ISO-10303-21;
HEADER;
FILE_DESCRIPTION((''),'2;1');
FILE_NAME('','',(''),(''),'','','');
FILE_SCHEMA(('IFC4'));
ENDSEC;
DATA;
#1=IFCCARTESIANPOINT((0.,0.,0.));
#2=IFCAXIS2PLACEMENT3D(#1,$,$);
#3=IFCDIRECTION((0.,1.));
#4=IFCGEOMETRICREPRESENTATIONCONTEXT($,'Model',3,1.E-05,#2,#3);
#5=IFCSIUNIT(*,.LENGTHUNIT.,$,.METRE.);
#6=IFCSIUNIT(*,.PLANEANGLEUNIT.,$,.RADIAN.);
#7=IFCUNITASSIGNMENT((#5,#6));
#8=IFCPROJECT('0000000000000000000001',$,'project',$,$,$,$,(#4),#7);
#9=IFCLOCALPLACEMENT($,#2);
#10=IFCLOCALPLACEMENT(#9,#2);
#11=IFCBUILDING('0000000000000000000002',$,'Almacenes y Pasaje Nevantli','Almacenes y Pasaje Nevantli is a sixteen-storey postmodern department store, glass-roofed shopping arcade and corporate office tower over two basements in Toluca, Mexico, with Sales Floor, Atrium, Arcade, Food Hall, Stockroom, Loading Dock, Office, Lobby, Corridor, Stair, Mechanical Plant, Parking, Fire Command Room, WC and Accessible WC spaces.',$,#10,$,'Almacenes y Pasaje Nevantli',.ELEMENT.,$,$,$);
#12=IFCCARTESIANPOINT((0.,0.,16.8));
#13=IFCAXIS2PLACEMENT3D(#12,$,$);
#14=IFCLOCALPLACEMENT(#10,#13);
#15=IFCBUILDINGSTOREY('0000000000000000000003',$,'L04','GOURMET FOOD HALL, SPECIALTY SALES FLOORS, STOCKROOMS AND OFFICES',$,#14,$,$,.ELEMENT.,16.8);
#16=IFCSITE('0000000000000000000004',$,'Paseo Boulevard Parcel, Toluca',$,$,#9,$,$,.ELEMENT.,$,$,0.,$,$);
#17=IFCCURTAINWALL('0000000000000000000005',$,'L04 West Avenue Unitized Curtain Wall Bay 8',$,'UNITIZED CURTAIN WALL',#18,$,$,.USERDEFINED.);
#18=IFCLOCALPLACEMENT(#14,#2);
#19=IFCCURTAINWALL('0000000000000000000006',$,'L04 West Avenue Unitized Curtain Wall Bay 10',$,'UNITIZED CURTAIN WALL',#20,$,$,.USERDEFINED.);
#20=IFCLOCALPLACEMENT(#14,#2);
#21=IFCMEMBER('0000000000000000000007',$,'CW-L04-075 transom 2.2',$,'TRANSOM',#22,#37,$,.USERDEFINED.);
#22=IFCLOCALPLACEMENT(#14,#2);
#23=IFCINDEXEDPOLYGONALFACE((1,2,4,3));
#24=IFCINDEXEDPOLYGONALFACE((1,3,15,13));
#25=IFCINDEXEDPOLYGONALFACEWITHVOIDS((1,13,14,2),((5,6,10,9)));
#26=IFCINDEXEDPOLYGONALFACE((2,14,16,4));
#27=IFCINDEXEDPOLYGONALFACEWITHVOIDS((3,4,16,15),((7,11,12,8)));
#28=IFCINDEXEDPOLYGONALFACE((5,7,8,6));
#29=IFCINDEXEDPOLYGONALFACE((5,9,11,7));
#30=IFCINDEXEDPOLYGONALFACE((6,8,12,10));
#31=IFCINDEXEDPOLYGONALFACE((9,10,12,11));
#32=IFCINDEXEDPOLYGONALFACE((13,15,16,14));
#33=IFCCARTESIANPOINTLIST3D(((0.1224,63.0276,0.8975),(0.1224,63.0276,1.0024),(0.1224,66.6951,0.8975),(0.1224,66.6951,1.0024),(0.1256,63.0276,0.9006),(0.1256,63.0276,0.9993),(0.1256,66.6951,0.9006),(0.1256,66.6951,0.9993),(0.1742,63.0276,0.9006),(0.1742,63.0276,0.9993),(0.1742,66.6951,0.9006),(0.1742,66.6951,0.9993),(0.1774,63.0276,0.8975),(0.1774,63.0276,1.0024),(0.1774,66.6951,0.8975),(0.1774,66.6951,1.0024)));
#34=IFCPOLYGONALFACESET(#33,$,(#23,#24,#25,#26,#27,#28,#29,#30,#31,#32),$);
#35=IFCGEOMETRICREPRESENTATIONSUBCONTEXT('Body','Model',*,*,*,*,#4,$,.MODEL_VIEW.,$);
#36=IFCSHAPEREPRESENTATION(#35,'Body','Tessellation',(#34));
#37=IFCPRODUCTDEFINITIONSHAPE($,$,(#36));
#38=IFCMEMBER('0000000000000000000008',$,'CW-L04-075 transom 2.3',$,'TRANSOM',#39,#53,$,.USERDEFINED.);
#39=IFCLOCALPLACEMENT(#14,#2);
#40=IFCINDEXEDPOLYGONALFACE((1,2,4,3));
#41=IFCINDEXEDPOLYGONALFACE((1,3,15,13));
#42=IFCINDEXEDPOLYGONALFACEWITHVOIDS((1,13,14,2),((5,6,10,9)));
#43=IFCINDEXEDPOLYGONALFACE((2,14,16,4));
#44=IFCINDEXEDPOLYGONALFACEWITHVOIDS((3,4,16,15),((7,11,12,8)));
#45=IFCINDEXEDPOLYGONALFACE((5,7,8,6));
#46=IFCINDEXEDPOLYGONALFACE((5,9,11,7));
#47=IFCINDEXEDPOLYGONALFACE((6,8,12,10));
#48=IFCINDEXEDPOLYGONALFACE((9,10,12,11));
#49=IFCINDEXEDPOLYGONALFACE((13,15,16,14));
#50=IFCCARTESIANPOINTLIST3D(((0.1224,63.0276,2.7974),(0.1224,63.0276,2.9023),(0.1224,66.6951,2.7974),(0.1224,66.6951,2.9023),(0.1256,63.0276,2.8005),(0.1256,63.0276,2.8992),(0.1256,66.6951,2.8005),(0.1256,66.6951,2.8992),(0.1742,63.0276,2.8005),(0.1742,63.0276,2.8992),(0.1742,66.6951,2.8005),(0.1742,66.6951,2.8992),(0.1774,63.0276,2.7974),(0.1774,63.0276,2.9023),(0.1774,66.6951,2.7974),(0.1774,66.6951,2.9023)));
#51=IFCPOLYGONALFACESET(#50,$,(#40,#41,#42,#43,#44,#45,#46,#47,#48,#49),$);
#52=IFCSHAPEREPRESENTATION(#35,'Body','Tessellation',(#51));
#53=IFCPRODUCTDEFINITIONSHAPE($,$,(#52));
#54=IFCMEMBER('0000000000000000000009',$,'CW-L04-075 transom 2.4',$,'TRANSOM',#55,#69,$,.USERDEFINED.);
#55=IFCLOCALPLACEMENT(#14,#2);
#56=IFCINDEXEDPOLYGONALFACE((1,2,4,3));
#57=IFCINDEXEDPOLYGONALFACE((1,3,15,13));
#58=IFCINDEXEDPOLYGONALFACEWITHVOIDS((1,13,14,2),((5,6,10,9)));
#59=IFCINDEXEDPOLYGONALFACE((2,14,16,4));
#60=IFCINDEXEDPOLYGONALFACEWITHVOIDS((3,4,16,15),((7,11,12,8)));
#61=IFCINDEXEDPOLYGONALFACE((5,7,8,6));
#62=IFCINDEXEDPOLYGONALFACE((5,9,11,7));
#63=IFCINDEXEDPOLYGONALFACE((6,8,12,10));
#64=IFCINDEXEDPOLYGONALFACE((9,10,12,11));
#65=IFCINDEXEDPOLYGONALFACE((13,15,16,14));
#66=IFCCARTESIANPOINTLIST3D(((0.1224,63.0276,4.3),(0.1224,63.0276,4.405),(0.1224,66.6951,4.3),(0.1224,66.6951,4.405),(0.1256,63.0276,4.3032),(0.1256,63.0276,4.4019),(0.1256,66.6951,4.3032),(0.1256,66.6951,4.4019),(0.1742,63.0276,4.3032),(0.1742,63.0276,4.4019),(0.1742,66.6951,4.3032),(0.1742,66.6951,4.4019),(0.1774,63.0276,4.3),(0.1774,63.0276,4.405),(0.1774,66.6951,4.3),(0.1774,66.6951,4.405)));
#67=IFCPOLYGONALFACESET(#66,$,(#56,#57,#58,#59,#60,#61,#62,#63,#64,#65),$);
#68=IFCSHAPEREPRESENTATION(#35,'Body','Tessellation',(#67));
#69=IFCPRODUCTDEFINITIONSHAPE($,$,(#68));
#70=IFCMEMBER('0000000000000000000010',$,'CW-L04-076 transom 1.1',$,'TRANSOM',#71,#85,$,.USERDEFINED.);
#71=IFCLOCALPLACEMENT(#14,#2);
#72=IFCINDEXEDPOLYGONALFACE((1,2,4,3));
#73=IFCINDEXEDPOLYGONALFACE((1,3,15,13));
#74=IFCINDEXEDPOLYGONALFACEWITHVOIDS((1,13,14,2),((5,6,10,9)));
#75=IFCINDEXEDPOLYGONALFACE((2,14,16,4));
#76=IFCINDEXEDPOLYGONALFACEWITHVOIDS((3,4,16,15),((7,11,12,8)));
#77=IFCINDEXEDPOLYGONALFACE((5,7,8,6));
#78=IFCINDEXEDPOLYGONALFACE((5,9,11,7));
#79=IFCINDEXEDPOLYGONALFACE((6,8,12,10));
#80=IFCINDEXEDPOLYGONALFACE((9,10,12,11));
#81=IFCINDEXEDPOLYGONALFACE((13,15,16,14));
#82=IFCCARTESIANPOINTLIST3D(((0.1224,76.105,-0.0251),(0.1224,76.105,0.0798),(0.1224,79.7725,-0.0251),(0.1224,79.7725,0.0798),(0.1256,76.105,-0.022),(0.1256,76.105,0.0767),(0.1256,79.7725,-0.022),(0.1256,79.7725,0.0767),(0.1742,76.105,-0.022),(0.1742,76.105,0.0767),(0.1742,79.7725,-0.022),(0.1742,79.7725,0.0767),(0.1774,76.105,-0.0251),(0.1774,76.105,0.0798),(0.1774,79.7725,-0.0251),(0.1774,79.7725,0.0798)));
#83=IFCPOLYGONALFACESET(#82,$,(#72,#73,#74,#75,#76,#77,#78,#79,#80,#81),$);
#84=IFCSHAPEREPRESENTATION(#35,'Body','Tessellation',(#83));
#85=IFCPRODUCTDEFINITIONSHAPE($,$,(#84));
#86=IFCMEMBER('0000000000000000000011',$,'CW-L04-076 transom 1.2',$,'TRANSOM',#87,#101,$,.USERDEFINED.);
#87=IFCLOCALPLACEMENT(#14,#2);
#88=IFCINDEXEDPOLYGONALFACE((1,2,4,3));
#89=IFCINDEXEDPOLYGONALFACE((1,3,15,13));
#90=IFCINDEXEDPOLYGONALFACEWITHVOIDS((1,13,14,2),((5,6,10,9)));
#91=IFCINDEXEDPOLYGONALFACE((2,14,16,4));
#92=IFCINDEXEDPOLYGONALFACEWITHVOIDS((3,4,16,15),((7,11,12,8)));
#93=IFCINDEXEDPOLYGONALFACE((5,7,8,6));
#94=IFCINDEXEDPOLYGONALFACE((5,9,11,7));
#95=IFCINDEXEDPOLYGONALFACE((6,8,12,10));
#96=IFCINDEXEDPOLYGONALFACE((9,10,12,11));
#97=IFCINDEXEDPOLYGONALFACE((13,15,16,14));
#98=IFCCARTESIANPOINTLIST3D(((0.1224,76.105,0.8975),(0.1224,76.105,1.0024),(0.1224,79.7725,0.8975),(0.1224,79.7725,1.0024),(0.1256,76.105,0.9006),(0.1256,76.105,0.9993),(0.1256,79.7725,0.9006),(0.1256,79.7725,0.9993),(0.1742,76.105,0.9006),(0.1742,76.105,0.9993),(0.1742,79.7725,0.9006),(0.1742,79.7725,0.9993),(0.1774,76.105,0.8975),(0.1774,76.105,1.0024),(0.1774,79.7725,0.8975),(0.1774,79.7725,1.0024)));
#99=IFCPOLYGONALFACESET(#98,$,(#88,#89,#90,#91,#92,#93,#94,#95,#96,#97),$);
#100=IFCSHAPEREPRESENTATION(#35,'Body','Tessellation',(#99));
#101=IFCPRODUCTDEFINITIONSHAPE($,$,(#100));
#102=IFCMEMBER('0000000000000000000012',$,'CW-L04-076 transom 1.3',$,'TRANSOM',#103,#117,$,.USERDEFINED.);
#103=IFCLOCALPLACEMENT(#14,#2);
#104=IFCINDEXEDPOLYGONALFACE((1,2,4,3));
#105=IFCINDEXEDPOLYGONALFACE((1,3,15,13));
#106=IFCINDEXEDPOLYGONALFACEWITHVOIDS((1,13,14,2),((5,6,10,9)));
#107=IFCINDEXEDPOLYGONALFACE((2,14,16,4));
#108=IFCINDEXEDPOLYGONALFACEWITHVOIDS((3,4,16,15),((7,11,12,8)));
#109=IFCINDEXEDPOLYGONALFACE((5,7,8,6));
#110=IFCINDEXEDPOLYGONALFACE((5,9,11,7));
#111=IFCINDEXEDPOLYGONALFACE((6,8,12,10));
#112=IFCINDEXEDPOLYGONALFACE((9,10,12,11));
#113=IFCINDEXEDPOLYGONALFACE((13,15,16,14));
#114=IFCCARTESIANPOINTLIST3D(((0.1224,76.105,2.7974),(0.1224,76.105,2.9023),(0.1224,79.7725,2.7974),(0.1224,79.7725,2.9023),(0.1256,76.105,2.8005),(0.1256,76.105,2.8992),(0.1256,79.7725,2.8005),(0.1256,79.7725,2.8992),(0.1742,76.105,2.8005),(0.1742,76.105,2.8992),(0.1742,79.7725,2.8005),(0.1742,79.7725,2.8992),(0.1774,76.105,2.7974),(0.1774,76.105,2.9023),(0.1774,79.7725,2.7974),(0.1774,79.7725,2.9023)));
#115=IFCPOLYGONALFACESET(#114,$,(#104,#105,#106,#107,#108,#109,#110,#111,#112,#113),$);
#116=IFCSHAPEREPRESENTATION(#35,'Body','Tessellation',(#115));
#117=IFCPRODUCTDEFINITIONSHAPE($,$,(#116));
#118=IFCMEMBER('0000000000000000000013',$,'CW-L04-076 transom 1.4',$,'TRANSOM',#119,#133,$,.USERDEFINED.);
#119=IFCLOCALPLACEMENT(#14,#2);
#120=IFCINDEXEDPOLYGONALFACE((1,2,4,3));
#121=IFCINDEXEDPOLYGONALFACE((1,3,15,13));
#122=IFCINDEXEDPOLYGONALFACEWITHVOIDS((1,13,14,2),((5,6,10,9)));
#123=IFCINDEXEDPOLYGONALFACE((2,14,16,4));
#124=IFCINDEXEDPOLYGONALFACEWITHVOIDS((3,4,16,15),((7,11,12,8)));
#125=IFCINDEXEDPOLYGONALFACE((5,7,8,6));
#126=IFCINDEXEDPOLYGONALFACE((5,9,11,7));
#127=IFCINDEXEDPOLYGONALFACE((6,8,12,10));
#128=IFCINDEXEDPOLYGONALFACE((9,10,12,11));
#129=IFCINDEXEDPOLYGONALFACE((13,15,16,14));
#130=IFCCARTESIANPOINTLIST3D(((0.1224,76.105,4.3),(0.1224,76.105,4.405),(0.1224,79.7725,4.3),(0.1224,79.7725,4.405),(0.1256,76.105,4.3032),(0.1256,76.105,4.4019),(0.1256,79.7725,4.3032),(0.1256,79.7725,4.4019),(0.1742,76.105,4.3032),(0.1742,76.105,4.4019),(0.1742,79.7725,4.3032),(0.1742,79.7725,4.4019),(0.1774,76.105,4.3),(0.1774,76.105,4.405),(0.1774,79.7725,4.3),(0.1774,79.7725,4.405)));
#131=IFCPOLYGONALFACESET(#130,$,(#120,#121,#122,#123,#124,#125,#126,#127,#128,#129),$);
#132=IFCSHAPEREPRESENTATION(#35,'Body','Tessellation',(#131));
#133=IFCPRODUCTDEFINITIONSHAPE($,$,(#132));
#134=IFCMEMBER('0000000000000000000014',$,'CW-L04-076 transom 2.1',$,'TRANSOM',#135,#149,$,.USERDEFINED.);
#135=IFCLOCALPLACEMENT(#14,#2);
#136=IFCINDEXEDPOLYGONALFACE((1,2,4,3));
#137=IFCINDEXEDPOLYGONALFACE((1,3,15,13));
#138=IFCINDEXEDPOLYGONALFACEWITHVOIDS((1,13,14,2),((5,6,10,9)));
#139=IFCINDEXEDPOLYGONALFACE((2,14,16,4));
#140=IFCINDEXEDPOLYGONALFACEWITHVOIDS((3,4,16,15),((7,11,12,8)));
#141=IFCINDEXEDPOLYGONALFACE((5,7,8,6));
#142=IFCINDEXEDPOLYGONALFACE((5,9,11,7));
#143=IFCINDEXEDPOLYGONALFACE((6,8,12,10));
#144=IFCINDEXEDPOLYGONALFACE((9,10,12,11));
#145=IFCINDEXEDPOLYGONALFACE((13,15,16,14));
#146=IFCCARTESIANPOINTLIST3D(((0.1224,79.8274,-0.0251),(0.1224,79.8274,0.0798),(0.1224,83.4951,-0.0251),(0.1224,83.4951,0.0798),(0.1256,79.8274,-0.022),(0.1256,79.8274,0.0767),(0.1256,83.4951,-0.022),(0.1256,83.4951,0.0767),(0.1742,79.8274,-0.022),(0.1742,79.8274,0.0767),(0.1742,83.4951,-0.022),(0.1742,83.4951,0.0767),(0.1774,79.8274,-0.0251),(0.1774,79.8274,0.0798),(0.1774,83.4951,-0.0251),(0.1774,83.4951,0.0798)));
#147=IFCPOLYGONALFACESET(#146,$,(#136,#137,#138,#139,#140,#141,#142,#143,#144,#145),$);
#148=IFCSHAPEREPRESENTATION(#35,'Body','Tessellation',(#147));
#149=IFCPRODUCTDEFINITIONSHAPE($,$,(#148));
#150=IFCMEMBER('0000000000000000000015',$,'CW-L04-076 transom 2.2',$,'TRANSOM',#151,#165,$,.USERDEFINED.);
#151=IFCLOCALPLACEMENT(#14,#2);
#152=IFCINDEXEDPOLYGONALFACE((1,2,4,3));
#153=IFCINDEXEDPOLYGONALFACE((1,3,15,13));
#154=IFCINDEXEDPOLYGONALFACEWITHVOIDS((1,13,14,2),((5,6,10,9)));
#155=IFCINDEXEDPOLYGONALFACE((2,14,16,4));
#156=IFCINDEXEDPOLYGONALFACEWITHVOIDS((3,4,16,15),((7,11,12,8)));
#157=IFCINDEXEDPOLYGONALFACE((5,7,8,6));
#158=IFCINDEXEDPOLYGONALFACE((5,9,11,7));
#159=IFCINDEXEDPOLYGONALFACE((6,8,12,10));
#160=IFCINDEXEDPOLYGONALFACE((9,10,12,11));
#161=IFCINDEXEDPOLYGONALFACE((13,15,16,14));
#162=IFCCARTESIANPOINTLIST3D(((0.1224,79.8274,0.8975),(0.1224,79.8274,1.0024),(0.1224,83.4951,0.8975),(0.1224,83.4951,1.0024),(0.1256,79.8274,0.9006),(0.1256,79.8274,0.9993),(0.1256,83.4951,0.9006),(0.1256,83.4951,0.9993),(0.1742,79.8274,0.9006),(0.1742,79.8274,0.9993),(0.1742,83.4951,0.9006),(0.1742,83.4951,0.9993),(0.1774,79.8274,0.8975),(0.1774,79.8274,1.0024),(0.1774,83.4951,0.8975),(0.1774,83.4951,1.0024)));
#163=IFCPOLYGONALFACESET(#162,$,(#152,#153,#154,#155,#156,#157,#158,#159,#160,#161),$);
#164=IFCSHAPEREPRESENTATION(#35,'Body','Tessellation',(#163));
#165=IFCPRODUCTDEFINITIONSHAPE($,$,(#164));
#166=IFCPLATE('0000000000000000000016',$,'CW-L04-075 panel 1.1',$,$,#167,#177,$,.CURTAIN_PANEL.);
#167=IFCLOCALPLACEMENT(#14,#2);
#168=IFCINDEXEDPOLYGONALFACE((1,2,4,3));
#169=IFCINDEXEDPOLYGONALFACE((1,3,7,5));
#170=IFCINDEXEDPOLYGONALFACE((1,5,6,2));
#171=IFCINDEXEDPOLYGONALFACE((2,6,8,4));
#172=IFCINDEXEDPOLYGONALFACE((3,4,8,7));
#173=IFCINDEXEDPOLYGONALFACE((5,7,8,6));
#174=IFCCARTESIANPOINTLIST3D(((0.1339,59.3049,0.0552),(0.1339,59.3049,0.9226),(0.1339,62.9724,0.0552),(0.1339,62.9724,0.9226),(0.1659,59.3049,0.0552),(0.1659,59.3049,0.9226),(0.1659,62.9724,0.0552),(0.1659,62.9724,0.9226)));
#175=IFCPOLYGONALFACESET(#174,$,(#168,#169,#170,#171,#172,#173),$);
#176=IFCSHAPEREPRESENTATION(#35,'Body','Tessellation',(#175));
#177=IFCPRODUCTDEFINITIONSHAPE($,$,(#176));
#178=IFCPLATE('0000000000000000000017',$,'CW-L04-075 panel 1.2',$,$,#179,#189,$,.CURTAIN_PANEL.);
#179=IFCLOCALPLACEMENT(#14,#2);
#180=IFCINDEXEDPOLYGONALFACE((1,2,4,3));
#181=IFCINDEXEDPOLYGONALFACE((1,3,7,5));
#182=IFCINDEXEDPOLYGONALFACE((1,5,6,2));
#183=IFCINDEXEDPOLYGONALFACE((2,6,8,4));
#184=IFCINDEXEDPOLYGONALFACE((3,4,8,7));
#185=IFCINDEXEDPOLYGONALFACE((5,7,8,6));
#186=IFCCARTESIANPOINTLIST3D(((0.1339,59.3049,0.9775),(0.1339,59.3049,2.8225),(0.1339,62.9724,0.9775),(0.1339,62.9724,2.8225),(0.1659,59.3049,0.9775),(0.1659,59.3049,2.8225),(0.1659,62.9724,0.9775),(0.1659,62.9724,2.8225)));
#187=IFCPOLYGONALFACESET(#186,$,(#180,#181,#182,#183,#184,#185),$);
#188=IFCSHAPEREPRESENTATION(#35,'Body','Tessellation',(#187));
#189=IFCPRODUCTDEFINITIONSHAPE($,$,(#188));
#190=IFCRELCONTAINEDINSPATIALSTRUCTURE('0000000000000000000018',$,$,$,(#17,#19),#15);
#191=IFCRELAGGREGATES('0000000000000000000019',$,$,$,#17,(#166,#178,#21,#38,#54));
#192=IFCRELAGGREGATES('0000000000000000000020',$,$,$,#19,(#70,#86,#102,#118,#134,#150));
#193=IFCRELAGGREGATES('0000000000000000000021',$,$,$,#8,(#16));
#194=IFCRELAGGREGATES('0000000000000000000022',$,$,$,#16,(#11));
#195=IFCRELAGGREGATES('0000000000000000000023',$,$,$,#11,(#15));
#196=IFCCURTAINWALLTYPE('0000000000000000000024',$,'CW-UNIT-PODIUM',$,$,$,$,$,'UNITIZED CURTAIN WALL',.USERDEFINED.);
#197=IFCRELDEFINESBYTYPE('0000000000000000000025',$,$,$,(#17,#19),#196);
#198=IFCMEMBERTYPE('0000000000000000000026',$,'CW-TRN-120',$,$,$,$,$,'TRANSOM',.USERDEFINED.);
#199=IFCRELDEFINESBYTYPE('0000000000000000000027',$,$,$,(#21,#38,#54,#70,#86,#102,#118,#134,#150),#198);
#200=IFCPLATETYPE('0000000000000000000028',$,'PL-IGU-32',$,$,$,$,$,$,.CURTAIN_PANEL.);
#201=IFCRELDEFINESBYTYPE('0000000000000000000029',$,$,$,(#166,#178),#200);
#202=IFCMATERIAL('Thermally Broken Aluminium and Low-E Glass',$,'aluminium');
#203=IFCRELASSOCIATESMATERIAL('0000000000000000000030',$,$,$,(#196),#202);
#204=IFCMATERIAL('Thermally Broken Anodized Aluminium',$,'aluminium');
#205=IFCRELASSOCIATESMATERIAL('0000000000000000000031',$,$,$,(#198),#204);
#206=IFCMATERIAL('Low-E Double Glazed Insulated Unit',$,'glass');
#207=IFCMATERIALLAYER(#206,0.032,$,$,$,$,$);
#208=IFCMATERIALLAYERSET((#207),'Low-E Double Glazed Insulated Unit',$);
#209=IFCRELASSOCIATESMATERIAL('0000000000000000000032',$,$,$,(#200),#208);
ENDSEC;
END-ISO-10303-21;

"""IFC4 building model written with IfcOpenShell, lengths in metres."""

from ifc_helpers import new_model, si_unit, direction, frame, origin, origin_2d, place, context, subcontext, project, spatial, rectangle, hollow_rectangle, extrude, material, layer, layer_set, material_profile, profile_set, type_object, element, aggregate, save


model = new_model("IFC4")

# Units and contexts
model_context = context("Model", 3, precision=1e-05, world=origin(), true_north=direction((0.0, 1.0)))
body_context = subcontext(model_context, "Body", "Model", "MODEL_VIEW")
ifc_project = project(units=[si_unit("LENGTHUNIT", "METRE"), si_unit("PLANEANGLEUNIT", "RADIAN")], contexts=[model_context])

# Site, building, storey
site_placement = place(None, origin())
site = spatial("IfcSite", under=ifc_project, at=site_placement, Name="Paseo Boulevard Parcel, Toluca", CompositionType="ELEMENT", RefElevation=0.0)
building_placement = place(site_placement, origin())
building = spatial("IfcBuilding", under=site, at=building_placement, Name="Almacenes y Pasaje Nevantli", Description="Almacenes y Pasaje Nevantli is a sixteen-storey postmodern department store, glass-roofed shopping arcade and corporate office tower over two basements in Toluca, Mexico, with Sales Floor, Atrium, Arcade, Food Hall, Stockroom, Loading Dock, Office, Lobby, Corridor, Stair, Mechanical Plant, Parking, Fire Command Room, WC and Accessible WC spaces.", LongName="Almacenes y Pasaje Nevantli", CompositionType="ELEMENT")
storey_placement = place(building_placement, frame((0.0, 0.0, 16.8)))
storey = spatial("IfcBuildingStorey", under=building, at=storey_placement, Name="L04", Description="GOURMET FOOD HALL, SPECIALTY SALES FLOORS, STOCKROOMS AND OFFICES", CompositionType="ELEMENT", Elevation=16.8)

# Curtain walls
ifc_material_1 = material(Name="Thermally Broken Aluminium and Low-E Glass", Category="aluminium")
curtain_wall_type = type_object("IfcCurtainWallType", Name="CW-UNIT-PODIUM", ElementType="UNITIZED CURTAIN WALL", PredefinedType="USERDEFINED", material=ifc_material_1)
curtain_wall_1_placement = place(storey_placement, origin())
curtain_wall_1 = element("IfcCurtainWall", 1, at=curtain_wall_1_placement, inside=storey, type_object=curtain_wall_type, Name="L04 West Avenue Unitized Curtain Wall Bay 8", ObjectType="UNITIZED CURTAIN WALL", PredefinedType="USERDEFINED")
curtain_wall_2_placement = place(storey_placement, origin())
curtain_wall_2 = element("IfcCurtainWall", 2, at=curtain_wall_2_placement, inside=storey, type_object=curtain_wall_type, Name="L04 West Avenue Unitized Curtain Wall Bay 10", ObjectType="UNITIZED CURTAIN WALL", PredefinedType="USERDEFINED")

# Members
ifc_material_2 = material(Name="Thermally Broken Anodized Aluminium", Category="aluminium")
ifc_material_profile_1 = material_profile(ifc_material_2, hollow_rectangle(XDim=0.0549, YDim=0.105, WallThickness=0.0032, at=origin_2d()), Name="ALU-TRN-55x105")
ifc_profile_set_1 = profile_set([ifc_material_profile_1], Name="Thermally Broken Anodized Aluminium")
member_type_1 = type_object("IfcMemberType", Name="CW-TRN-120", ElementType="TRANSOM", PredefinedType="USERDEFINED", material=ifc_profile_set_1)
member_1_placement = place(storey_placement, frame((0.1499, 63.0276, 0.95), z_axis=(0.0, 1.0, 0.0), x_axis=(-1.0, 0.0, 0.0)))
member_1 = element("IfcMember", 3, at=member_1_placement, type_object=member_type_1, Name="CW-L04-075 transom 2.2", ObjectType="TRANSOM", PredefinedType="USERDEFINED", context=body_context, shape_type="SweptSolid", body=[
    extrude(hollow_rectangle(XDim=0.0549, YDim=0.105, WallThickness=0.0032, at=origin_2d()), origin(), (0.0, 0.0, 1.0), 3.6675),
])
member_2_placement = place(storey_placement, frame((0.1499, 63.0276, 2.8499), z_axis=(0.0, 1.0, 0.0), x_axis=(-1.0, 0.0, 0.0)))
member_2 = element("IfcMember", 4, at=member_2_placement, type_object=member_type_1, Name="CW-L04-075 transom 2.3", ObjectType="TRANSOM", PredefinedType="USERDEFINED", context=body_context, shape_type="SweptSolid", body=[
    extrude(hollow_rectangle(XDim=0.0549, YDim=0.105, WallThickness=0.0032, at=origin_2d()), origin(), (0.0, 0.0, 1.0), 3.6675),
])
member_3_placement = place(storey_placement, frame((0.1499, 63.0276, 4.3525), z_axis=(0.0, 1.0, 0.0), x_axis=(-1.0, 0.0, 0.0)))
member_3 = element("IfcMember", 5, at=member_3_placement, type_object=member_type_1, Name="CW-L04-075 transom 2.4", ObjectType="TRANSOM", PredefinedType="USERDEFINED", context=body_context, shape_type="SweptSolid", body=[
    extrude(hollow_rectangle(XDim=0.0549, YDim=0.105, WallThickness=0.0032, at=origin_2d()), origin(), (0.0, 0.0, 1.0), 3.6675),
])
member_4_placement = place(storey_placement, frame((0.1499, 76.105, 0.0273), z_axis=(0.0, 1.0, 0.0), x_axis=(-1.0, 0.0, 0.0)))
member_4 = element("IfcMember", 6, at=member_4_placement, type_object=member_type_1, Name="CW-L04-076 transom 1.1", ObjectType="TRANSOM", PredefinedType="USERDEFINED", context=body_context, shape_type="SweptSolid", body=[
    extrude(hollow_rectangle(XDim=0.0549, YDim=0.105, WallThickness=0.0032, at=origin_2d()), origin(), (0.0, 0.0, 1.0), 3.6675),
])
member_5_placement = place(storey_placement, frame((0.1499, 76.105, 0.95), z_axis=(0.0, 1.0, 0.0), x_axis=(-1.0, 0.0, 0.0)))
member_5 = element("IfcMember", 7, at=member_5_placement, type_object=member_type_1, Name="CW-L04-076 transom 1.2", ObjectType="TRANSOM", PredefinedType="USERDEFINED", context=body_context, shape_type="SweptSolid", body=[
    extrude(hollow_rectangle(XDim=0.0549, YDim=0.105, WallThickness=0.0032, at=origin_2d()), origin(), (0.0, 0.0, 1.0), 3.6675),
])
member_6_placement = place(storey_placement, frame((0.1499, 76.105, 2.8499), z_axis=(0.0, 1.0, 0.0), x_axis=(-1.0, 0.0, 0.0)))
member_6 = element("IfcMember", 8, at=member_6_placement, type_object=member_type_1, Name="CW-L04-076 transom 1.3", ObjectType="TRANSOM", PredefinedType="USERDEFINED", context=body_context, shape_type="SweptSolid", body=[
    extrude(hollow_rectangle(XDim=0.0549, YDim=0.105, WallThickness=0.0032, at=origin_2d()), origin(), (0.0, 0.0, 1.0), 3.6675),
])
member_7_placement = place(storey_placement, frame((0.1499, 76.105, 4.3525), z_axis=(0.0, 1.0, 0.0), x_axis=(-1.0, 0.0, 0.0)))
member_7 = element("IfcMember", 9, at=member_7_placement, type_object=member_type_1, Name="CW-L04-076 transom 1.4", ObjectType="TRANSOM", PredefinedType="USERDEFINED", context=body_context, shape_type="SweptSolid", body=[
    extrude(hollow_rectangle(XDim=0.0549, YDim=0.105, WallThickness=0.0032, at=origin_2d()), origin(), (0.0, 0.0, 1.0), 3.6675),
])
member_8_placement = place(storey_placement, frame((0.1499, 79.8274, 0.0273), z_axis=(0.0, 1.0, 0.0), x_axis=(-1.0, 0.0, 0.0)))
member_8 = element("IfcMember", 10, at=member_8_placement, type_object=member_type_1, Name="CW-L04-076 transom 2.1", ObjectType="TRANSOM", PredefinedType="USERDEFINED", context=body_context, shape_type="SweptSolid", body=[
    extrude(hollow_rectangle(XDim=0.0549, YDim=0.105, WallThickness=0.0032, at=origin_2d()), origin(), (0.0, 0.0, 1.0), 3.6677),
])
member_9_placement = place(storey_placement, frame((0.1499, 79.8274, 0.95), z_axis=(0.0, 1.0, 0.0), x_axis=(-1.0, 0.0, 0.0)))
member_9 = element("IfcMember", 11, at=member_9_placement, type_object=member_type_1, Name="CW-L04-076 transom 2.2", ObjectType="TRANSOM", PredefinedType="USERDEFINED", context=body_context, shape_type="SweptSolid", body=[
    extrude(hollow_rectangle(XDim=0.0549, YDim=0.105, WallThickness=0.0032, at=origin_2d()), origin(), (0.0, 0.0, 1.0), 3.6677),
])

# Plates
ifc_material_3 = material(Name="Low-E Double Glazed Insulated Unit", Category="glass")
ifc_layer_1 = layer(ifc_material_3, 0.032)
ifc_layer_set_1 = layer_set([ifc_layer_1], Name="Low-E Double Glazed Insulated Unit")
plate_type = type_object("IfcPlateType", Name="PL-IGU-32", PredefinedType="CURTAIN_PANEL", material=ifc_layer_set_1)
plate_1_placement = place(storey_placement, frame((0.1499, 61.1387, 0.0552), z_axis=(0.0, 0.0, 1.0), x_axis=(0.0, 1.0, 0.0)))
plate_1 = element("IfcPlate", 12, at=plate_1_placement, type_object=plate_type, Name="CW-L04-075 panel 1.1", PredefinedType="CURTAIN_PANEL", context=body_context, shape_type="SweptSolid", body=[
    extrude(rectangle(XDim=3.6675, YDim=0.032, at=origin_2d()), origin(), (0.0, 0.0, 1.0), 0.8674),
])
plate_2_placement = place(storey_placement, frame((0.1499, 61.1387, 0.9775), z_axis=(0.0, 0.0, 1.0), x_axis=(0.0, 1.0, 0.0)))
plate_2 = element("IfcPlate", 13, at=plate_2_placement, type_object=plate_type, Name="CW-L04-075 panel 1.2", PredefinedType="CURTAIN_PANEL", context=body_context, shape_type="SweptSolid", body=[
    extrude(rectangle(XDim=3.6675, YDim=0.032, at=origin_2d()), origin(), (0.0, 0.0, 1.0), 1.845),
])
aggregate(curtain_wall_1, [plate_1, plate_2, member_1, member_2, member_3])
aggregate(curtain_wall_2, [member_4, member_5, member_6, member_7, member_8, member_9])

save(model, "model.ifc")
